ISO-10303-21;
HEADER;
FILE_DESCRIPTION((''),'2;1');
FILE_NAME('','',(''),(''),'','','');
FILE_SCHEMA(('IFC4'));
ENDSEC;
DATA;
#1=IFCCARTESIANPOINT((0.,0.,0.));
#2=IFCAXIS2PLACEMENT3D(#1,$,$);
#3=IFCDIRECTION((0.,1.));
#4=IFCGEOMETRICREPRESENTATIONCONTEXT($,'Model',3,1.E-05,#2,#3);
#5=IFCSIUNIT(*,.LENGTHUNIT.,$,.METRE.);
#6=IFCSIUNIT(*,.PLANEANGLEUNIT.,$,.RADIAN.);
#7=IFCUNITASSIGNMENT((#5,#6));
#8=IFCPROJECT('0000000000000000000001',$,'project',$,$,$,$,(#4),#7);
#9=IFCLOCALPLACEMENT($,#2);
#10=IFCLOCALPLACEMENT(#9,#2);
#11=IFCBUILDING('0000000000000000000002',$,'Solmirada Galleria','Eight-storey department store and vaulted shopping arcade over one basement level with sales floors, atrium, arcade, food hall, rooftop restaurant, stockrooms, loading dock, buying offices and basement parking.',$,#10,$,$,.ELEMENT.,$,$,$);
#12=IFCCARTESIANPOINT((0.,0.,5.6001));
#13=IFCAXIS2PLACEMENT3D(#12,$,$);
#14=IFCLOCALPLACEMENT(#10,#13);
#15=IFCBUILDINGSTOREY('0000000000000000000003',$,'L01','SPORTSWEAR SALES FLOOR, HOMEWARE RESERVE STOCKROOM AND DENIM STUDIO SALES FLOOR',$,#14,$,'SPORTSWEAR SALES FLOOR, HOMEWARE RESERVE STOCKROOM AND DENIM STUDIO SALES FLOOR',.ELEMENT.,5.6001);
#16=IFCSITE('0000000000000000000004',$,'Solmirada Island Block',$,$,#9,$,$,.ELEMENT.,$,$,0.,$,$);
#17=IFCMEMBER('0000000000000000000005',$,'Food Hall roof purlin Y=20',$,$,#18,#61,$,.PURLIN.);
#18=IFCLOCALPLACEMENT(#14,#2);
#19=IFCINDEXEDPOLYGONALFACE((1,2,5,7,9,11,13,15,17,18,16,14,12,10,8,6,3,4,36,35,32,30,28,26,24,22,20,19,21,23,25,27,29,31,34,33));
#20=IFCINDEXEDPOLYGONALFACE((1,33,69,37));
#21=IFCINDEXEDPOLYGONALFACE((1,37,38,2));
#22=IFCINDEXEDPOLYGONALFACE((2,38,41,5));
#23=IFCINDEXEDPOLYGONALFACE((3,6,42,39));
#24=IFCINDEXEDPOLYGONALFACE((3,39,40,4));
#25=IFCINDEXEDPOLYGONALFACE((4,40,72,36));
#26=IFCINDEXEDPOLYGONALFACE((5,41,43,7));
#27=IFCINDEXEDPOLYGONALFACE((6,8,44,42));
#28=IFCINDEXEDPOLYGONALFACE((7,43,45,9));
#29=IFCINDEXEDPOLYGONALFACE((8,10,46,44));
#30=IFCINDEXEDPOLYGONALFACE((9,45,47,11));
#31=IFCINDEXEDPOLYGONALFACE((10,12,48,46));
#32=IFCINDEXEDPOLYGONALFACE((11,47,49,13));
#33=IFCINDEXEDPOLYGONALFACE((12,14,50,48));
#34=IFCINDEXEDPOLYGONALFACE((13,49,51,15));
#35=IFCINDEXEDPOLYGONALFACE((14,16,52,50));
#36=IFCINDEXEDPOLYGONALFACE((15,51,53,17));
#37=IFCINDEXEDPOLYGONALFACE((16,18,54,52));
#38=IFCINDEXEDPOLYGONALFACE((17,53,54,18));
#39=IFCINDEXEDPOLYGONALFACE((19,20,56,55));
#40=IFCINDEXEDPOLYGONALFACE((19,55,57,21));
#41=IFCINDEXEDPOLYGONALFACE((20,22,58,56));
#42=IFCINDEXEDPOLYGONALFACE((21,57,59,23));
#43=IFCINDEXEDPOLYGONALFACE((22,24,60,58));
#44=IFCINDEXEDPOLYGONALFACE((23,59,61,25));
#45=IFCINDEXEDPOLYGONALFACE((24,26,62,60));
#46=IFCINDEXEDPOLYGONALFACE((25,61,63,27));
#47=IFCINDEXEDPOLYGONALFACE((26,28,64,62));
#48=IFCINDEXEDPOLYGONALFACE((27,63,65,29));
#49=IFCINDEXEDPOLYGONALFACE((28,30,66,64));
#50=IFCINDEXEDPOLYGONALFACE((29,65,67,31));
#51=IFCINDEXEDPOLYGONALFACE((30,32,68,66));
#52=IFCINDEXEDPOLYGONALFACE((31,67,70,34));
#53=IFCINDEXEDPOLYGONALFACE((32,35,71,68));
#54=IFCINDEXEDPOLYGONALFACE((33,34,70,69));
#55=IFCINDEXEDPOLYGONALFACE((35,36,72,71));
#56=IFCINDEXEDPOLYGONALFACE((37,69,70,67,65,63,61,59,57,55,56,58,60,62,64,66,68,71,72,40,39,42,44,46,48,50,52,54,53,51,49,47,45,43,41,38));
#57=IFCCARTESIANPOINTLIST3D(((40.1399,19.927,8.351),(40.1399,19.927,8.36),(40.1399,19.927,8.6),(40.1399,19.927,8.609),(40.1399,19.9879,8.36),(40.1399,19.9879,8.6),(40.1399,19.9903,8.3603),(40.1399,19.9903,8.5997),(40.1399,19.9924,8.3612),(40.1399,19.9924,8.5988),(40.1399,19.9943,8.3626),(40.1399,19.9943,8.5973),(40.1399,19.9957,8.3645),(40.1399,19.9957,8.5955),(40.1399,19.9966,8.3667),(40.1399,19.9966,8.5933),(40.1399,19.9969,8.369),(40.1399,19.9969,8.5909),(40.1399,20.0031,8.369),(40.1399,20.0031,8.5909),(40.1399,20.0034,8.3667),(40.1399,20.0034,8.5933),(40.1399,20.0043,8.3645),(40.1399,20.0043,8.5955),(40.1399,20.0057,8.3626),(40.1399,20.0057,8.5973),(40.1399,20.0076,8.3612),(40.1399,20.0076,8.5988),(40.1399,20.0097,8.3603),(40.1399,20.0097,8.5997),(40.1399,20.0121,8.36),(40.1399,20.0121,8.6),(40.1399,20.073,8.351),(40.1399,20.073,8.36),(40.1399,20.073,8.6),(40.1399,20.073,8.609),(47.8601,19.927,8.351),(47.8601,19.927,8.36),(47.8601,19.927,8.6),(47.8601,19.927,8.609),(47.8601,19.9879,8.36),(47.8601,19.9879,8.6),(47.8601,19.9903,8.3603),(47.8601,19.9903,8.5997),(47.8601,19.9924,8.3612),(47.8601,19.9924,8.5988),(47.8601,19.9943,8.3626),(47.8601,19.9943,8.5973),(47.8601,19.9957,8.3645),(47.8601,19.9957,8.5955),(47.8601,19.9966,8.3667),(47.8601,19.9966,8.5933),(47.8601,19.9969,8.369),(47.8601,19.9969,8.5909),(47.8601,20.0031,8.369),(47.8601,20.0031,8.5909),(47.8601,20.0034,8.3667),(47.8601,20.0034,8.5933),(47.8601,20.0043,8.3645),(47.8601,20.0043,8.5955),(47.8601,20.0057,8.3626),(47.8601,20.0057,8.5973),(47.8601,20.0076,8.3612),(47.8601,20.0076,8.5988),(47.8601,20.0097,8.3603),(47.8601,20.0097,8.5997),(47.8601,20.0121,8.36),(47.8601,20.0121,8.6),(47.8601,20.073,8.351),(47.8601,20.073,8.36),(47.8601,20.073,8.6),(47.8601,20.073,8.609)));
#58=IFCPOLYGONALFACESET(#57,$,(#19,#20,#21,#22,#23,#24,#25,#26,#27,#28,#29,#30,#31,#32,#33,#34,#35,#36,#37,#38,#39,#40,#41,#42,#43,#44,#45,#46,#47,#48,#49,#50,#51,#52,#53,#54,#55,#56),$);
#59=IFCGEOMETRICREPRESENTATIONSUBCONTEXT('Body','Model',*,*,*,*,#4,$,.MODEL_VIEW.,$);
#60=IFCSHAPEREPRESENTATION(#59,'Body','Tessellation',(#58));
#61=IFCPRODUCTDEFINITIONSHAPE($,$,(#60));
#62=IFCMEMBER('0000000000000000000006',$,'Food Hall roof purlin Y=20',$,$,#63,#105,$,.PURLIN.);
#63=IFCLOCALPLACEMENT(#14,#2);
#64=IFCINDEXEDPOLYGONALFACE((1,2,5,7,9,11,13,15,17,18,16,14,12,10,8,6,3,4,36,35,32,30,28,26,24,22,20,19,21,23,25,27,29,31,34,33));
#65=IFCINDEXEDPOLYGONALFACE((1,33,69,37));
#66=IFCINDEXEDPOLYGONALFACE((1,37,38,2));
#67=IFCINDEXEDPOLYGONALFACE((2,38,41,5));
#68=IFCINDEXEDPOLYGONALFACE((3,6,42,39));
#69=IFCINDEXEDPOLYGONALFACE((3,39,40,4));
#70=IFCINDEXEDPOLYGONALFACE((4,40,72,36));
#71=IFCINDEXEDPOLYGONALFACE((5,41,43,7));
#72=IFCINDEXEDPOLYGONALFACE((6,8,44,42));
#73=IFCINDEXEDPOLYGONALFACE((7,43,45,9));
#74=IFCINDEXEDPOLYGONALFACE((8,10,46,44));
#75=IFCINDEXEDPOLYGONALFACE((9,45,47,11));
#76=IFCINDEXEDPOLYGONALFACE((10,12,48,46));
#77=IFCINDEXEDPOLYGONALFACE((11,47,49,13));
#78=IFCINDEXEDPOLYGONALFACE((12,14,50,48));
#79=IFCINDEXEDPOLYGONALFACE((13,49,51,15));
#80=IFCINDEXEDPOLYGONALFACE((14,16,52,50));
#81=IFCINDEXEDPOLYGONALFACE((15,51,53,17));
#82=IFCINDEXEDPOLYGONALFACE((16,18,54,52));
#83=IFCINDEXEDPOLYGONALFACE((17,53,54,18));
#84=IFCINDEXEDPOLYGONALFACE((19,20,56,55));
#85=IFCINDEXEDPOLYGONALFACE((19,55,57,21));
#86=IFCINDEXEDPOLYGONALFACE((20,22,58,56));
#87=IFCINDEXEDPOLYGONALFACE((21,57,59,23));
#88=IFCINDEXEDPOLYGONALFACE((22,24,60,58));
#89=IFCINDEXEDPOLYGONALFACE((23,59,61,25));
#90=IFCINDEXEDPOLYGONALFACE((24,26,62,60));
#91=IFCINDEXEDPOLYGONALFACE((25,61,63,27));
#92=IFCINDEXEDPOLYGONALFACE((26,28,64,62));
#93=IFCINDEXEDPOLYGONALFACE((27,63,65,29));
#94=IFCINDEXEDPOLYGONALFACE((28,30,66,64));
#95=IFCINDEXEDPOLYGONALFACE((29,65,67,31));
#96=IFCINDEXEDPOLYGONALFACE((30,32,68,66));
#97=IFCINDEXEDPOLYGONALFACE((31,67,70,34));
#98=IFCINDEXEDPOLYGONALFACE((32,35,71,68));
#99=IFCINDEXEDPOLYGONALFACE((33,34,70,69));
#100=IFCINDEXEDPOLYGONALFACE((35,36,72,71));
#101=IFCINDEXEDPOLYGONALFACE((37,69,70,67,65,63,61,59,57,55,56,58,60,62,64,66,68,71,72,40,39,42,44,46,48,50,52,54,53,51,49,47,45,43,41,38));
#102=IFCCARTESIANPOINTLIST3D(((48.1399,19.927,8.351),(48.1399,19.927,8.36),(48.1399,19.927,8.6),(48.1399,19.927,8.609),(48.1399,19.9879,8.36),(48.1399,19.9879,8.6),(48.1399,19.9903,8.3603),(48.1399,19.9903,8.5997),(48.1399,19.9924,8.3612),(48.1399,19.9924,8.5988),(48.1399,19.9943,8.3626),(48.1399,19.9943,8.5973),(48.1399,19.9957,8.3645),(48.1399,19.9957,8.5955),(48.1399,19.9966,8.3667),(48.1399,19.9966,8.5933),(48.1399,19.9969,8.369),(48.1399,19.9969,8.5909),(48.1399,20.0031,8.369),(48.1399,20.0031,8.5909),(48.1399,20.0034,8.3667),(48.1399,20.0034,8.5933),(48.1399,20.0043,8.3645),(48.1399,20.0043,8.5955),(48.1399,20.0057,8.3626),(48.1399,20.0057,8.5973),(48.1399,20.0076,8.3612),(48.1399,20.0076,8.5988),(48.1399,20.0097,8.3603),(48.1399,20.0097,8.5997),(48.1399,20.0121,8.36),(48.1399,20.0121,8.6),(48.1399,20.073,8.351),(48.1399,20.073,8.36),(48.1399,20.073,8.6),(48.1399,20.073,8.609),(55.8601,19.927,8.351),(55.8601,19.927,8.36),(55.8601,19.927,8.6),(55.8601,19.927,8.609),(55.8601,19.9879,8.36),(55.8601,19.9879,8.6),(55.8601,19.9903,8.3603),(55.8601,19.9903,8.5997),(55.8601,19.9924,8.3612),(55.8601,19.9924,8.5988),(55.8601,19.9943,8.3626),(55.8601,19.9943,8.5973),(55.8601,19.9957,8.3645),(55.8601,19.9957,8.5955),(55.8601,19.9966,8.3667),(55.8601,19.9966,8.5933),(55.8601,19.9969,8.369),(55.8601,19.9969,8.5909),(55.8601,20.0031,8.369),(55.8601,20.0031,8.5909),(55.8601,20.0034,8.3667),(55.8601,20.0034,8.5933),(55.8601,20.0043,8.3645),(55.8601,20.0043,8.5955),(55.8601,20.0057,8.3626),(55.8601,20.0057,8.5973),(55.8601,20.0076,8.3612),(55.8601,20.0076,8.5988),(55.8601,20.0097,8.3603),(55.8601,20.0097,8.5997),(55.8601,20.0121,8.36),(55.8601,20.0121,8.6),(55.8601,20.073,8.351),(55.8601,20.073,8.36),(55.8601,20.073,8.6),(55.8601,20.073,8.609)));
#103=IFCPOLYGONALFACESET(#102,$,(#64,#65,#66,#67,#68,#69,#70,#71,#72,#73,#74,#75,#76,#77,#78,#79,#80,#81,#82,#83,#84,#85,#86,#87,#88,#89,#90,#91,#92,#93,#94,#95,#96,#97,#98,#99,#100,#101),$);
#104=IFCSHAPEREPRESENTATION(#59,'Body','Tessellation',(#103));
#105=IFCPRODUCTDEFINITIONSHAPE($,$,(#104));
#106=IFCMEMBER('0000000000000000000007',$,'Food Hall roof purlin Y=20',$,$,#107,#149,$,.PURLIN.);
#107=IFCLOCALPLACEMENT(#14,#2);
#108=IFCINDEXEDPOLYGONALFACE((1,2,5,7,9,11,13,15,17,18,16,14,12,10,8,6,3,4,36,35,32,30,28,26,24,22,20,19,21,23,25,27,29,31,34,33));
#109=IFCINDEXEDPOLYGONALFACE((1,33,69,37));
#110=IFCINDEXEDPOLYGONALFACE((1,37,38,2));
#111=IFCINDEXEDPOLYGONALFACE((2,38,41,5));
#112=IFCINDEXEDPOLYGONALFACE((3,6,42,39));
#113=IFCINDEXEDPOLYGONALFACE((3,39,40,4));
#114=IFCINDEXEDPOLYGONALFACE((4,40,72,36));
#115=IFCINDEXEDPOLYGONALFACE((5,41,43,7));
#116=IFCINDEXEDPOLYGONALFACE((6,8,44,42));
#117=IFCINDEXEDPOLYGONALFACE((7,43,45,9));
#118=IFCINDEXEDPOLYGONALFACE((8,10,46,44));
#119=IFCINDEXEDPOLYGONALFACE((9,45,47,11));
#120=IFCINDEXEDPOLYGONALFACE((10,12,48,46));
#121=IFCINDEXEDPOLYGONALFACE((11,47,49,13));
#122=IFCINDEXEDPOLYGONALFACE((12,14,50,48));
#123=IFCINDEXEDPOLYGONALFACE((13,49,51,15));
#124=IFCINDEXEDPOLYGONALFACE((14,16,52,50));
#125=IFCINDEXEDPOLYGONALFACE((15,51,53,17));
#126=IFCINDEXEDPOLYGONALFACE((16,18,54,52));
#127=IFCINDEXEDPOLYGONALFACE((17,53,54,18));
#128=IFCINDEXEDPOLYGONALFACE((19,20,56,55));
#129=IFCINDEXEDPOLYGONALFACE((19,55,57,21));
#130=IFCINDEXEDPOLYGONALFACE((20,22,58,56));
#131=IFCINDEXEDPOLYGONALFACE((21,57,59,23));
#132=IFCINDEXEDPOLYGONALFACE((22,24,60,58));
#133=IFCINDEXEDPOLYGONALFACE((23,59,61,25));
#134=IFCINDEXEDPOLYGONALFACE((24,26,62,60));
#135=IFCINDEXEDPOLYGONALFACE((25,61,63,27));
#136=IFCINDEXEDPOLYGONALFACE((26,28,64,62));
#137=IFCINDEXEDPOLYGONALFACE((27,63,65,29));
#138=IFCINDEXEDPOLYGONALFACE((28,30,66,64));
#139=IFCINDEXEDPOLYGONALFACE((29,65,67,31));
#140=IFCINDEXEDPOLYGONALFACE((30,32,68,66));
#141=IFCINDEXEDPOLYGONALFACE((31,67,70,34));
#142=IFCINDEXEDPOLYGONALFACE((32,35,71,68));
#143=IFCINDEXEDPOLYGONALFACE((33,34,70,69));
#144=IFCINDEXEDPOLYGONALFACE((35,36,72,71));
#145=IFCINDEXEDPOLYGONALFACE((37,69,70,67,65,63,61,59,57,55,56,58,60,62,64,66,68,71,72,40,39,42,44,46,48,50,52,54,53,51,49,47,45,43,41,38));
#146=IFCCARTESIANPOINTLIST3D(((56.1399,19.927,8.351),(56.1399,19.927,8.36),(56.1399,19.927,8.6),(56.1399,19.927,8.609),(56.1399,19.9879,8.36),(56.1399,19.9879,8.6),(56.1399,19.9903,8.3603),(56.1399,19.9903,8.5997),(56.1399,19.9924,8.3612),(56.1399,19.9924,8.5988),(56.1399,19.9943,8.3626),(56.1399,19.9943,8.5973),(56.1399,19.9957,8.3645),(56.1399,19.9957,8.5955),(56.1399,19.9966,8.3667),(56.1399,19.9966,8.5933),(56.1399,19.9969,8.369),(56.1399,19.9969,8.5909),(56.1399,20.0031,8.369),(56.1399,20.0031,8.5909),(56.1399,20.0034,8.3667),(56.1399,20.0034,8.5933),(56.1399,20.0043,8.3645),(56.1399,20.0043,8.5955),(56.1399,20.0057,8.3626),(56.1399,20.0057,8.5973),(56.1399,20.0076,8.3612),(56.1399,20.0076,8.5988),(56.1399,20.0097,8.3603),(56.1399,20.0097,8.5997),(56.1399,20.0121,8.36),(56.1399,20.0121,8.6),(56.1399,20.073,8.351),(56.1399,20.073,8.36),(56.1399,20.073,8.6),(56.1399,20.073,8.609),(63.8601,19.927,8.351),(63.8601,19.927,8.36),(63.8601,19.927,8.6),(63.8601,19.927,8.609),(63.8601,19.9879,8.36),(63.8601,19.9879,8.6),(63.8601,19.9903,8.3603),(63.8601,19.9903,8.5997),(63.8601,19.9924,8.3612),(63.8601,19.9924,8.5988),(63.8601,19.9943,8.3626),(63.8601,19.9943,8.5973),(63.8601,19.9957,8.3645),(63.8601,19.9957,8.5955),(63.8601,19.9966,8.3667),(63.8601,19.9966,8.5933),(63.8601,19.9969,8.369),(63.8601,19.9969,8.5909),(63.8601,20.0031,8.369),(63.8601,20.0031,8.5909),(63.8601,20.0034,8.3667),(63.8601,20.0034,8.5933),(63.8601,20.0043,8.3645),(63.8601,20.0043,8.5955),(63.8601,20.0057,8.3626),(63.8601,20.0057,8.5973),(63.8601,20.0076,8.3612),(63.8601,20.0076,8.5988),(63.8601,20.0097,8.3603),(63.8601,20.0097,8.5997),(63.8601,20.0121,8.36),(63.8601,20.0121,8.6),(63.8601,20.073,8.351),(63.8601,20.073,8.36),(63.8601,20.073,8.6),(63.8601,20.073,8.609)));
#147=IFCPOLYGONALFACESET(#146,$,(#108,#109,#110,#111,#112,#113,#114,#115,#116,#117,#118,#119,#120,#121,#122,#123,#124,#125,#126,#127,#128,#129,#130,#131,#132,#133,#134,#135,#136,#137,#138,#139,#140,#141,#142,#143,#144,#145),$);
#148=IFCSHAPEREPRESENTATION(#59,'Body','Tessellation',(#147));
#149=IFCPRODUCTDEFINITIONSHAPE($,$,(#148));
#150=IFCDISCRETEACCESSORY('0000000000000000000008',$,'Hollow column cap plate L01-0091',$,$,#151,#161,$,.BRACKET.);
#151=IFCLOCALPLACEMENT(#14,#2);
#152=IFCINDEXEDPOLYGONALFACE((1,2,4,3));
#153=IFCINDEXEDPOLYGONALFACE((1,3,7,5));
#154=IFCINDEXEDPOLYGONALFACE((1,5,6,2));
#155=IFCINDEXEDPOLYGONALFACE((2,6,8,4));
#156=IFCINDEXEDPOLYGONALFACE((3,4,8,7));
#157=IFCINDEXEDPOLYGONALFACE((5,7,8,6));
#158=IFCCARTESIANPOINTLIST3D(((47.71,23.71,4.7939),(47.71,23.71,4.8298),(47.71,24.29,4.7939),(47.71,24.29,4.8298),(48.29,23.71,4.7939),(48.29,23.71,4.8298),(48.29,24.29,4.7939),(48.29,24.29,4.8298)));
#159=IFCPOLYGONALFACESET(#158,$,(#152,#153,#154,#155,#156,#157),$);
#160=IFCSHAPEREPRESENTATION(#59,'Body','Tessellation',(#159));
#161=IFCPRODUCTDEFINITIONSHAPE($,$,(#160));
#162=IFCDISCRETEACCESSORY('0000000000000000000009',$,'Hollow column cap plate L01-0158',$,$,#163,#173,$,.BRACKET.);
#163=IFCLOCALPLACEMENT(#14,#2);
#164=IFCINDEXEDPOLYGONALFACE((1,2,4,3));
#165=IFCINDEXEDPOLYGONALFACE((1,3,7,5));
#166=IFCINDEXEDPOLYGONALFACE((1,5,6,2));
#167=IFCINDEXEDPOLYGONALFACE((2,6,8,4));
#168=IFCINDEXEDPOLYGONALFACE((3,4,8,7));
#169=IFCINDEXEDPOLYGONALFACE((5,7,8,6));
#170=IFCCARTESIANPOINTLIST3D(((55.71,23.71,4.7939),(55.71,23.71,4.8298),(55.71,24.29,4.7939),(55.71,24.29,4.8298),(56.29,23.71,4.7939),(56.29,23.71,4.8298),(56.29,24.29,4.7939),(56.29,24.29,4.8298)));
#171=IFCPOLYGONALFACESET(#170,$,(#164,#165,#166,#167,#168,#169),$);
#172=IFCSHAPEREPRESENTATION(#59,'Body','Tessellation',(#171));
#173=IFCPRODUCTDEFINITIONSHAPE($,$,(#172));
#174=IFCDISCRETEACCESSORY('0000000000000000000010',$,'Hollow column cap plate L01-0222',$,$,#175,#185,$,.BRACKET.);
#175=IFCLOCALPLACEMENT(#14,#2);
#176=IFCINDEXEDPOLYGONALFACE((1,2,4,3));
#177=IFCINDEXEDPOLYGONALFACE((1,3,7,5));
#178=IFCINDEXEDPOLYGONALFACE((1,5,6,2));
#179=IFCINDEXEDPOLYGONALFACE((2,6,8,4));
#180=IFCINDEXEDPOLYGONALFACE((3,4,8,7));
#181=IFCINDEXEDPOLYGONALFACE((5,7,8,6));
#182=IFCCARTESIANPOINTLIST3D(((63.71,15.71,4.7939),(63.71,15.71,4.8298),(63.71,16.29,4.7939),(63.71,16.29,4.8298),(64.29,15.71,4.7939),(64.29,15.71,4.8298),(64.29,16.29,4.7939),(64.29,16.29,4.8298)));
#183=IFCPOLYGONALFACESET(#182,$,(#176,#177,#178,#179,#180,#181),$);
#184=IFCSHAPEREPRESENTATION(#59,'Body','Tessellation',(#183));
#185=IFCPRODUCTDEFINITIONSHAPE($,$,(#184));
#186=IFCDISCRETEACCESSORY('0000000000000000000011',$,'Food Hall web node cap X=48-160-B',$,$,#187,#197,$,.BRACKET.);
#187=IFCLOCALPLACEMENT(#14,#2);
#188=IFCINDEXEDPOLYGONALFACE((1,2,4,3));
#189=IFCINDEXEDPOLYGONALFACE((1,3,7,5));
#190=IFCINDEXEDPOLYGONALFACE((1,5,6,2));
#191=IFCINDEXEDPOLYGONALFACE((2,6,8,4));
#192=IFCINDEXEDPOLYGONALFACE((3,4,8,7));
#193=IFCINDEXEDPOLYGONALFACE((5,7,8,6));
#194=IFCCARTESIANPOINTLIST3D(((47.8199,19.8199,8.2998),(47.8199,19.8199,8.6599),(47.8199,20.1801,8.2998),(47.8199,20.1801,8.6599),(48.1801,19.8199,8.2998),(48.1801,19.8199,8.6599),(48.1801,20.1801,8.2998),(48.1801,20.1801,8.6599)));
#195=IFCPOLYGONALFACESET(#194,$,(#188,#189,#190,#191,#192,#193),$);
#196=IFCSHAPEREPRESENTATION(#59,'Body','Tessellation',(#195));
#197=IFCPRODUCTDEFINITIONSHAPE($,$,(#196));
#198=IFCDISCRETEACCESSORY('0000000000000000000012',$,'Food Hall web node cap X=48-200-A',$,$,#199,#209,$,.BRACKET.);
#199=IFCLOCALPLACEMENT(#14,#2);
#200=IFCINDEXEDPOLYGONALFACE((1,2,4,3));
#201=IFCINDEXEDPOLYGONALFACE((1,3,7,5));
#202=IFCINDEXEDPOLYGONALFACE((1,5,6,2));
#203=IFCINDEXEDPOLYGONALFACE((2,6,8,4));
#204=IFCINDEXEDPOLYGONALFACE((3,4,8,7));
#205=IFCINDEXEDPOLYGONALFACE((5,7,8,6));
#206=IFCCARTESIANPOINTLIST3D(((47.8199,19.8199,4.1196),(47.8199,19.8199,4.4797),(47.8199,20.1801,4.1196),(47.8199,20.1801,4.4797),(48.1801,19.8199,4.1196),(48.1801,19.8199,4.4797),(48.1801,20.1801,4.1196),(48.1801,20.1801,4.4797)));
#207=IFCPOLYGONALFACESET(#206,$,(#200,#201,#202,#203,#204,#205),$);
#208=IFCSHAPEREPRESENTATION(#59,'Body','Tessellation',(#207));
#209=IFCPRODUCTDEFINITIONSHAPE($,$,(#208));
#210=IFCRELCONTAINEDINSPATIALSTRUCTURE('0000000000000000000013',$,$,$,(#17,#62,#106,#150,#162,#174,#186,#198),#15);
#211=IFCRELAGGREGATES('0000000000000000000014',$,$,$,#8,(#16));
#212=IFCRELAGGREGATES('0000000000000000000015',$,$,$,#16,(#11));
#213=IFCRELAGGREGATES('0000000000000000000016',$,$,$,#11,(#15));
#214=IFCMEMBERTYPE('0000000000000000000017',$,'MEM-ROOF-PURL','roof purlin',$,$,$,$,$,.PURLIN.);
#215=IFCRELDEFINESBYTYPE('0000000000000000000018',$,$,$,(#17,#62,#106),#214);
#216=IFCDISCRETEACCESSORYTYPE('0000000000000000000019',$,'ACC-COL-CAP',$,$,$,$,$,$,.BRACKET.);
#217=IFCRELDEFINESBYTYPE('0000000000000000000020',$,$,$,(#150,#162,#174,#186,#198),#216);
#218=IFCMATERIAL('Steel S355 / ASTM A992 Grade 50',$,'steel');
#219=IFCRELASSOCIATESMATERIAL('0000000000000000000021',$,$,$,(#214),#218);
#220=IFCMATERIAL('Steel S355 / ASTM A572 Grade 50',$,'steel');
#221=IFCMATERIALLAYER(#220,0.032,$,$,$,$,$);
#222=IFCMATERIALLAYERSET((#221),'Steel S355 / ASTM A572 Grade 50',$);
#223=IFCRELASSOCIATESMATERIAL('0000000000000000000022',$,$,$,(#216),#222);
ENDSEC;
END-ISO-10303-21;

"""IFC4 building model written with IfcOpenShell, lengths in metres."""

from ifc_helpers import new_model, si_unit, direction, frame, origin, origin_2d, place, context, subcontext, project, spatial, rectangle, i_section, extrude, material, layer, layer_set, material_profile, profile_set, type_object, element, save


model = new_model("IFC4")

# Units and contexts
model_context = context("Model", 3, precision=1e-05, world=origin(), true_north=direction((0.0, 1.0)))
body_context = subcontext(model_context, "Body", "Model", "MODEL_VIEW")
ifc_project = project(units=[si_unit("LENGTHUNIT", "METRE"), si_unit("PLANEANGLEUNIT", "RADIAN")], contexts=[model_context])

# Site, building, storey
site_placement = place(None, origin())
site = spatial("IfcSite", under=ifc_project, at=site_placement, Name="Solmirada Island Block", CompositionType="ELEMENT", RefElevation=0.0)
building_placement = place(site_placement, origin())
building = spatial("IfcBuilding", under=site, at=building_placement, Name="Solmirada Galleria", Description="Eight-storey department store and vaulted shopping arcade over one basement level with sales floors, atrium, arcade, food hall, rooftop restaurant, stockrooms, loading dock, buying offices and basement parking.", CompositionType="ELEMENT")
storey_placement = place(building_placement, frame((0.0, 0.0, 5.6001)))
storey = spatial("IfcBuildingStorey", under=building, at=storey_placement, Name="L01", Description="SPORTSWEAR SALES FLOOR, HOMEWARE RESERVE STOCKROOM AND DENIM STUDIO SALES FLOOR", LongName="SPORTSWEAR SALES FLOOR, HOMEWARE RESERVE STOCKROOM AND DENIM STUDIO SALES FLOOR", CompositionType="ELEMENT", Elevation=5.6001)

# Members
ifc_material_1 = material(Name="Steel S355 / ASTM A992 Grade 50", Category="steel")
ifc_material_profile_1 = material_profile(ifc_material_1, i_section(OverallWidth=0.146, OverallDepth=0.2581, WebThickness=0.0061, FlangeThickness=0.009, FilletRadius=0.009, at=origin_2d()), Name="W10X22")
ifc_profile_set_1 = profile_set([ifc_material_profile_1], Name="Steel S355 / ASTM A992 Grade 50")
member_type_1 = type_object("IfcMemberType", Name="MEM-ROOF-PURL", Description="roof purlin", PredefinedType="PURLIN", material=ifc_profile_set_1)
for number, where, z_axis, x_axis, name in (
    (1, (40.1399, 20.0, 8.48), (1.0, 0.0, 0.0), (0.0, 1.0, 0.0), "Food Hall roof purlin Y=20"),
    (2, (48.1399, 20.0, 8.48), (1.0, 0.0, 0.0), (0.0, 1.0, 0.0), "Food Hall roof purlin Y=20"),
    (3, (56.1399, 20.0, 8.48), (1.0, 0.0, 0.0), (0.0, 1.0, 0.0), "Food Hall roof purlin Y=20"),
):
    element("IfcMember", number, at=place(storey_placement, frame(where, z_axis=z_axis, x_axis=x_axis)), inside=storey, type_object=member_type_1, Name=name, PredefinedType="PURLIN", context=body_context, shape_type="SweptSolid", body=[
        extrude(i_section(OverallWidth=0.146, OverallDepth=0.2581, WebThickness=0.0061, FlangeThickness=0.009, FilletRadius=0.009, at=origin_2d()), origin(), (0.0, 0.0, 1.0), 7.7202),
    ])

# Discrete accessories
ifc_material_2 = material(Name="Steel S355 / ASTM A572 Grade 50", Category="steel")
ifc_layer = layer(ifc_material_2, 0.032)
ifc_layer_set = layer_set([ifc_layer], Name="Steel S355 / ASTM A572 Grade 50")
discrete_accessory_type = type_object("IfcDiscreteAccessoryType", Name="ACC-COL-CAP", PredefinedType="BRACKET", material=ifc_layer_set)
for number, where, z_axis, x_axis, name in (
    (4, (48.0, 24.0, 4.7939), (0.0, 0.0, 1.0), (1.0, 0.0, 0.0), "Hollow column cap plate L01-0091"),
    (5, (56.0, 24.0, 4.7939), (0.0, 0.0, 1.0), (1.0, 0.0, 0.0), "Hollow column cap plate L01-0158"),
    (6, (64.0, 16.0, 4.7939), (0.0, 0.0, 1.0), (1.0, 0.0, 0.0), "Hollow column cap plate L01-0222"),
):
    element("IfcDiscreteAccessory", number, at=place(storey_placement, frame(where, z_axis=z_axis, x_axis=x_axis)), inside=storey, type_object=discrete_accessory_type, Name=name, PredefinedType="BRACKET", context=body_context, shape_type="SweptSolid", body=[
        extrude(rectangle(XDim=0.5801, YDim=0.5801, at=origin_2d()), origin(), (0.0, 0.0, 1.0), 0.0359),
    ])
for number, where, z_axis, x_axis, name in (
    (7, (48.0, 20.0, 8.2998), (0.0, 0.0, 1.0), (1.0, 0.0, 0.0), "Food Hall web node cap X=48-160-B"),
    (8, (48.0, 20.0, 4.1196), (0.0, 0.0, 1.0), (1.0, 0.0, 0.0), "Food Hall web node cap X=48-200-A"),
):
    element("IfcDiscreteAccessory", number, at=place(storey_placement, frame(where, z_axis=z_axis, x_axis=x_axis)), inside=storey, type_object=discrete_accessory_type, Name=name, PredefinedType="BRACKET", context=body_context, shape_type="SweptSolid", body=[
        extrude(rectangle(XDim=0.3601, YDim=0.3601, at=origin_2d()), origin(), (0.0, 0.0, 1.0), 0.3601),
    ])

save(model, "model.ifc")
